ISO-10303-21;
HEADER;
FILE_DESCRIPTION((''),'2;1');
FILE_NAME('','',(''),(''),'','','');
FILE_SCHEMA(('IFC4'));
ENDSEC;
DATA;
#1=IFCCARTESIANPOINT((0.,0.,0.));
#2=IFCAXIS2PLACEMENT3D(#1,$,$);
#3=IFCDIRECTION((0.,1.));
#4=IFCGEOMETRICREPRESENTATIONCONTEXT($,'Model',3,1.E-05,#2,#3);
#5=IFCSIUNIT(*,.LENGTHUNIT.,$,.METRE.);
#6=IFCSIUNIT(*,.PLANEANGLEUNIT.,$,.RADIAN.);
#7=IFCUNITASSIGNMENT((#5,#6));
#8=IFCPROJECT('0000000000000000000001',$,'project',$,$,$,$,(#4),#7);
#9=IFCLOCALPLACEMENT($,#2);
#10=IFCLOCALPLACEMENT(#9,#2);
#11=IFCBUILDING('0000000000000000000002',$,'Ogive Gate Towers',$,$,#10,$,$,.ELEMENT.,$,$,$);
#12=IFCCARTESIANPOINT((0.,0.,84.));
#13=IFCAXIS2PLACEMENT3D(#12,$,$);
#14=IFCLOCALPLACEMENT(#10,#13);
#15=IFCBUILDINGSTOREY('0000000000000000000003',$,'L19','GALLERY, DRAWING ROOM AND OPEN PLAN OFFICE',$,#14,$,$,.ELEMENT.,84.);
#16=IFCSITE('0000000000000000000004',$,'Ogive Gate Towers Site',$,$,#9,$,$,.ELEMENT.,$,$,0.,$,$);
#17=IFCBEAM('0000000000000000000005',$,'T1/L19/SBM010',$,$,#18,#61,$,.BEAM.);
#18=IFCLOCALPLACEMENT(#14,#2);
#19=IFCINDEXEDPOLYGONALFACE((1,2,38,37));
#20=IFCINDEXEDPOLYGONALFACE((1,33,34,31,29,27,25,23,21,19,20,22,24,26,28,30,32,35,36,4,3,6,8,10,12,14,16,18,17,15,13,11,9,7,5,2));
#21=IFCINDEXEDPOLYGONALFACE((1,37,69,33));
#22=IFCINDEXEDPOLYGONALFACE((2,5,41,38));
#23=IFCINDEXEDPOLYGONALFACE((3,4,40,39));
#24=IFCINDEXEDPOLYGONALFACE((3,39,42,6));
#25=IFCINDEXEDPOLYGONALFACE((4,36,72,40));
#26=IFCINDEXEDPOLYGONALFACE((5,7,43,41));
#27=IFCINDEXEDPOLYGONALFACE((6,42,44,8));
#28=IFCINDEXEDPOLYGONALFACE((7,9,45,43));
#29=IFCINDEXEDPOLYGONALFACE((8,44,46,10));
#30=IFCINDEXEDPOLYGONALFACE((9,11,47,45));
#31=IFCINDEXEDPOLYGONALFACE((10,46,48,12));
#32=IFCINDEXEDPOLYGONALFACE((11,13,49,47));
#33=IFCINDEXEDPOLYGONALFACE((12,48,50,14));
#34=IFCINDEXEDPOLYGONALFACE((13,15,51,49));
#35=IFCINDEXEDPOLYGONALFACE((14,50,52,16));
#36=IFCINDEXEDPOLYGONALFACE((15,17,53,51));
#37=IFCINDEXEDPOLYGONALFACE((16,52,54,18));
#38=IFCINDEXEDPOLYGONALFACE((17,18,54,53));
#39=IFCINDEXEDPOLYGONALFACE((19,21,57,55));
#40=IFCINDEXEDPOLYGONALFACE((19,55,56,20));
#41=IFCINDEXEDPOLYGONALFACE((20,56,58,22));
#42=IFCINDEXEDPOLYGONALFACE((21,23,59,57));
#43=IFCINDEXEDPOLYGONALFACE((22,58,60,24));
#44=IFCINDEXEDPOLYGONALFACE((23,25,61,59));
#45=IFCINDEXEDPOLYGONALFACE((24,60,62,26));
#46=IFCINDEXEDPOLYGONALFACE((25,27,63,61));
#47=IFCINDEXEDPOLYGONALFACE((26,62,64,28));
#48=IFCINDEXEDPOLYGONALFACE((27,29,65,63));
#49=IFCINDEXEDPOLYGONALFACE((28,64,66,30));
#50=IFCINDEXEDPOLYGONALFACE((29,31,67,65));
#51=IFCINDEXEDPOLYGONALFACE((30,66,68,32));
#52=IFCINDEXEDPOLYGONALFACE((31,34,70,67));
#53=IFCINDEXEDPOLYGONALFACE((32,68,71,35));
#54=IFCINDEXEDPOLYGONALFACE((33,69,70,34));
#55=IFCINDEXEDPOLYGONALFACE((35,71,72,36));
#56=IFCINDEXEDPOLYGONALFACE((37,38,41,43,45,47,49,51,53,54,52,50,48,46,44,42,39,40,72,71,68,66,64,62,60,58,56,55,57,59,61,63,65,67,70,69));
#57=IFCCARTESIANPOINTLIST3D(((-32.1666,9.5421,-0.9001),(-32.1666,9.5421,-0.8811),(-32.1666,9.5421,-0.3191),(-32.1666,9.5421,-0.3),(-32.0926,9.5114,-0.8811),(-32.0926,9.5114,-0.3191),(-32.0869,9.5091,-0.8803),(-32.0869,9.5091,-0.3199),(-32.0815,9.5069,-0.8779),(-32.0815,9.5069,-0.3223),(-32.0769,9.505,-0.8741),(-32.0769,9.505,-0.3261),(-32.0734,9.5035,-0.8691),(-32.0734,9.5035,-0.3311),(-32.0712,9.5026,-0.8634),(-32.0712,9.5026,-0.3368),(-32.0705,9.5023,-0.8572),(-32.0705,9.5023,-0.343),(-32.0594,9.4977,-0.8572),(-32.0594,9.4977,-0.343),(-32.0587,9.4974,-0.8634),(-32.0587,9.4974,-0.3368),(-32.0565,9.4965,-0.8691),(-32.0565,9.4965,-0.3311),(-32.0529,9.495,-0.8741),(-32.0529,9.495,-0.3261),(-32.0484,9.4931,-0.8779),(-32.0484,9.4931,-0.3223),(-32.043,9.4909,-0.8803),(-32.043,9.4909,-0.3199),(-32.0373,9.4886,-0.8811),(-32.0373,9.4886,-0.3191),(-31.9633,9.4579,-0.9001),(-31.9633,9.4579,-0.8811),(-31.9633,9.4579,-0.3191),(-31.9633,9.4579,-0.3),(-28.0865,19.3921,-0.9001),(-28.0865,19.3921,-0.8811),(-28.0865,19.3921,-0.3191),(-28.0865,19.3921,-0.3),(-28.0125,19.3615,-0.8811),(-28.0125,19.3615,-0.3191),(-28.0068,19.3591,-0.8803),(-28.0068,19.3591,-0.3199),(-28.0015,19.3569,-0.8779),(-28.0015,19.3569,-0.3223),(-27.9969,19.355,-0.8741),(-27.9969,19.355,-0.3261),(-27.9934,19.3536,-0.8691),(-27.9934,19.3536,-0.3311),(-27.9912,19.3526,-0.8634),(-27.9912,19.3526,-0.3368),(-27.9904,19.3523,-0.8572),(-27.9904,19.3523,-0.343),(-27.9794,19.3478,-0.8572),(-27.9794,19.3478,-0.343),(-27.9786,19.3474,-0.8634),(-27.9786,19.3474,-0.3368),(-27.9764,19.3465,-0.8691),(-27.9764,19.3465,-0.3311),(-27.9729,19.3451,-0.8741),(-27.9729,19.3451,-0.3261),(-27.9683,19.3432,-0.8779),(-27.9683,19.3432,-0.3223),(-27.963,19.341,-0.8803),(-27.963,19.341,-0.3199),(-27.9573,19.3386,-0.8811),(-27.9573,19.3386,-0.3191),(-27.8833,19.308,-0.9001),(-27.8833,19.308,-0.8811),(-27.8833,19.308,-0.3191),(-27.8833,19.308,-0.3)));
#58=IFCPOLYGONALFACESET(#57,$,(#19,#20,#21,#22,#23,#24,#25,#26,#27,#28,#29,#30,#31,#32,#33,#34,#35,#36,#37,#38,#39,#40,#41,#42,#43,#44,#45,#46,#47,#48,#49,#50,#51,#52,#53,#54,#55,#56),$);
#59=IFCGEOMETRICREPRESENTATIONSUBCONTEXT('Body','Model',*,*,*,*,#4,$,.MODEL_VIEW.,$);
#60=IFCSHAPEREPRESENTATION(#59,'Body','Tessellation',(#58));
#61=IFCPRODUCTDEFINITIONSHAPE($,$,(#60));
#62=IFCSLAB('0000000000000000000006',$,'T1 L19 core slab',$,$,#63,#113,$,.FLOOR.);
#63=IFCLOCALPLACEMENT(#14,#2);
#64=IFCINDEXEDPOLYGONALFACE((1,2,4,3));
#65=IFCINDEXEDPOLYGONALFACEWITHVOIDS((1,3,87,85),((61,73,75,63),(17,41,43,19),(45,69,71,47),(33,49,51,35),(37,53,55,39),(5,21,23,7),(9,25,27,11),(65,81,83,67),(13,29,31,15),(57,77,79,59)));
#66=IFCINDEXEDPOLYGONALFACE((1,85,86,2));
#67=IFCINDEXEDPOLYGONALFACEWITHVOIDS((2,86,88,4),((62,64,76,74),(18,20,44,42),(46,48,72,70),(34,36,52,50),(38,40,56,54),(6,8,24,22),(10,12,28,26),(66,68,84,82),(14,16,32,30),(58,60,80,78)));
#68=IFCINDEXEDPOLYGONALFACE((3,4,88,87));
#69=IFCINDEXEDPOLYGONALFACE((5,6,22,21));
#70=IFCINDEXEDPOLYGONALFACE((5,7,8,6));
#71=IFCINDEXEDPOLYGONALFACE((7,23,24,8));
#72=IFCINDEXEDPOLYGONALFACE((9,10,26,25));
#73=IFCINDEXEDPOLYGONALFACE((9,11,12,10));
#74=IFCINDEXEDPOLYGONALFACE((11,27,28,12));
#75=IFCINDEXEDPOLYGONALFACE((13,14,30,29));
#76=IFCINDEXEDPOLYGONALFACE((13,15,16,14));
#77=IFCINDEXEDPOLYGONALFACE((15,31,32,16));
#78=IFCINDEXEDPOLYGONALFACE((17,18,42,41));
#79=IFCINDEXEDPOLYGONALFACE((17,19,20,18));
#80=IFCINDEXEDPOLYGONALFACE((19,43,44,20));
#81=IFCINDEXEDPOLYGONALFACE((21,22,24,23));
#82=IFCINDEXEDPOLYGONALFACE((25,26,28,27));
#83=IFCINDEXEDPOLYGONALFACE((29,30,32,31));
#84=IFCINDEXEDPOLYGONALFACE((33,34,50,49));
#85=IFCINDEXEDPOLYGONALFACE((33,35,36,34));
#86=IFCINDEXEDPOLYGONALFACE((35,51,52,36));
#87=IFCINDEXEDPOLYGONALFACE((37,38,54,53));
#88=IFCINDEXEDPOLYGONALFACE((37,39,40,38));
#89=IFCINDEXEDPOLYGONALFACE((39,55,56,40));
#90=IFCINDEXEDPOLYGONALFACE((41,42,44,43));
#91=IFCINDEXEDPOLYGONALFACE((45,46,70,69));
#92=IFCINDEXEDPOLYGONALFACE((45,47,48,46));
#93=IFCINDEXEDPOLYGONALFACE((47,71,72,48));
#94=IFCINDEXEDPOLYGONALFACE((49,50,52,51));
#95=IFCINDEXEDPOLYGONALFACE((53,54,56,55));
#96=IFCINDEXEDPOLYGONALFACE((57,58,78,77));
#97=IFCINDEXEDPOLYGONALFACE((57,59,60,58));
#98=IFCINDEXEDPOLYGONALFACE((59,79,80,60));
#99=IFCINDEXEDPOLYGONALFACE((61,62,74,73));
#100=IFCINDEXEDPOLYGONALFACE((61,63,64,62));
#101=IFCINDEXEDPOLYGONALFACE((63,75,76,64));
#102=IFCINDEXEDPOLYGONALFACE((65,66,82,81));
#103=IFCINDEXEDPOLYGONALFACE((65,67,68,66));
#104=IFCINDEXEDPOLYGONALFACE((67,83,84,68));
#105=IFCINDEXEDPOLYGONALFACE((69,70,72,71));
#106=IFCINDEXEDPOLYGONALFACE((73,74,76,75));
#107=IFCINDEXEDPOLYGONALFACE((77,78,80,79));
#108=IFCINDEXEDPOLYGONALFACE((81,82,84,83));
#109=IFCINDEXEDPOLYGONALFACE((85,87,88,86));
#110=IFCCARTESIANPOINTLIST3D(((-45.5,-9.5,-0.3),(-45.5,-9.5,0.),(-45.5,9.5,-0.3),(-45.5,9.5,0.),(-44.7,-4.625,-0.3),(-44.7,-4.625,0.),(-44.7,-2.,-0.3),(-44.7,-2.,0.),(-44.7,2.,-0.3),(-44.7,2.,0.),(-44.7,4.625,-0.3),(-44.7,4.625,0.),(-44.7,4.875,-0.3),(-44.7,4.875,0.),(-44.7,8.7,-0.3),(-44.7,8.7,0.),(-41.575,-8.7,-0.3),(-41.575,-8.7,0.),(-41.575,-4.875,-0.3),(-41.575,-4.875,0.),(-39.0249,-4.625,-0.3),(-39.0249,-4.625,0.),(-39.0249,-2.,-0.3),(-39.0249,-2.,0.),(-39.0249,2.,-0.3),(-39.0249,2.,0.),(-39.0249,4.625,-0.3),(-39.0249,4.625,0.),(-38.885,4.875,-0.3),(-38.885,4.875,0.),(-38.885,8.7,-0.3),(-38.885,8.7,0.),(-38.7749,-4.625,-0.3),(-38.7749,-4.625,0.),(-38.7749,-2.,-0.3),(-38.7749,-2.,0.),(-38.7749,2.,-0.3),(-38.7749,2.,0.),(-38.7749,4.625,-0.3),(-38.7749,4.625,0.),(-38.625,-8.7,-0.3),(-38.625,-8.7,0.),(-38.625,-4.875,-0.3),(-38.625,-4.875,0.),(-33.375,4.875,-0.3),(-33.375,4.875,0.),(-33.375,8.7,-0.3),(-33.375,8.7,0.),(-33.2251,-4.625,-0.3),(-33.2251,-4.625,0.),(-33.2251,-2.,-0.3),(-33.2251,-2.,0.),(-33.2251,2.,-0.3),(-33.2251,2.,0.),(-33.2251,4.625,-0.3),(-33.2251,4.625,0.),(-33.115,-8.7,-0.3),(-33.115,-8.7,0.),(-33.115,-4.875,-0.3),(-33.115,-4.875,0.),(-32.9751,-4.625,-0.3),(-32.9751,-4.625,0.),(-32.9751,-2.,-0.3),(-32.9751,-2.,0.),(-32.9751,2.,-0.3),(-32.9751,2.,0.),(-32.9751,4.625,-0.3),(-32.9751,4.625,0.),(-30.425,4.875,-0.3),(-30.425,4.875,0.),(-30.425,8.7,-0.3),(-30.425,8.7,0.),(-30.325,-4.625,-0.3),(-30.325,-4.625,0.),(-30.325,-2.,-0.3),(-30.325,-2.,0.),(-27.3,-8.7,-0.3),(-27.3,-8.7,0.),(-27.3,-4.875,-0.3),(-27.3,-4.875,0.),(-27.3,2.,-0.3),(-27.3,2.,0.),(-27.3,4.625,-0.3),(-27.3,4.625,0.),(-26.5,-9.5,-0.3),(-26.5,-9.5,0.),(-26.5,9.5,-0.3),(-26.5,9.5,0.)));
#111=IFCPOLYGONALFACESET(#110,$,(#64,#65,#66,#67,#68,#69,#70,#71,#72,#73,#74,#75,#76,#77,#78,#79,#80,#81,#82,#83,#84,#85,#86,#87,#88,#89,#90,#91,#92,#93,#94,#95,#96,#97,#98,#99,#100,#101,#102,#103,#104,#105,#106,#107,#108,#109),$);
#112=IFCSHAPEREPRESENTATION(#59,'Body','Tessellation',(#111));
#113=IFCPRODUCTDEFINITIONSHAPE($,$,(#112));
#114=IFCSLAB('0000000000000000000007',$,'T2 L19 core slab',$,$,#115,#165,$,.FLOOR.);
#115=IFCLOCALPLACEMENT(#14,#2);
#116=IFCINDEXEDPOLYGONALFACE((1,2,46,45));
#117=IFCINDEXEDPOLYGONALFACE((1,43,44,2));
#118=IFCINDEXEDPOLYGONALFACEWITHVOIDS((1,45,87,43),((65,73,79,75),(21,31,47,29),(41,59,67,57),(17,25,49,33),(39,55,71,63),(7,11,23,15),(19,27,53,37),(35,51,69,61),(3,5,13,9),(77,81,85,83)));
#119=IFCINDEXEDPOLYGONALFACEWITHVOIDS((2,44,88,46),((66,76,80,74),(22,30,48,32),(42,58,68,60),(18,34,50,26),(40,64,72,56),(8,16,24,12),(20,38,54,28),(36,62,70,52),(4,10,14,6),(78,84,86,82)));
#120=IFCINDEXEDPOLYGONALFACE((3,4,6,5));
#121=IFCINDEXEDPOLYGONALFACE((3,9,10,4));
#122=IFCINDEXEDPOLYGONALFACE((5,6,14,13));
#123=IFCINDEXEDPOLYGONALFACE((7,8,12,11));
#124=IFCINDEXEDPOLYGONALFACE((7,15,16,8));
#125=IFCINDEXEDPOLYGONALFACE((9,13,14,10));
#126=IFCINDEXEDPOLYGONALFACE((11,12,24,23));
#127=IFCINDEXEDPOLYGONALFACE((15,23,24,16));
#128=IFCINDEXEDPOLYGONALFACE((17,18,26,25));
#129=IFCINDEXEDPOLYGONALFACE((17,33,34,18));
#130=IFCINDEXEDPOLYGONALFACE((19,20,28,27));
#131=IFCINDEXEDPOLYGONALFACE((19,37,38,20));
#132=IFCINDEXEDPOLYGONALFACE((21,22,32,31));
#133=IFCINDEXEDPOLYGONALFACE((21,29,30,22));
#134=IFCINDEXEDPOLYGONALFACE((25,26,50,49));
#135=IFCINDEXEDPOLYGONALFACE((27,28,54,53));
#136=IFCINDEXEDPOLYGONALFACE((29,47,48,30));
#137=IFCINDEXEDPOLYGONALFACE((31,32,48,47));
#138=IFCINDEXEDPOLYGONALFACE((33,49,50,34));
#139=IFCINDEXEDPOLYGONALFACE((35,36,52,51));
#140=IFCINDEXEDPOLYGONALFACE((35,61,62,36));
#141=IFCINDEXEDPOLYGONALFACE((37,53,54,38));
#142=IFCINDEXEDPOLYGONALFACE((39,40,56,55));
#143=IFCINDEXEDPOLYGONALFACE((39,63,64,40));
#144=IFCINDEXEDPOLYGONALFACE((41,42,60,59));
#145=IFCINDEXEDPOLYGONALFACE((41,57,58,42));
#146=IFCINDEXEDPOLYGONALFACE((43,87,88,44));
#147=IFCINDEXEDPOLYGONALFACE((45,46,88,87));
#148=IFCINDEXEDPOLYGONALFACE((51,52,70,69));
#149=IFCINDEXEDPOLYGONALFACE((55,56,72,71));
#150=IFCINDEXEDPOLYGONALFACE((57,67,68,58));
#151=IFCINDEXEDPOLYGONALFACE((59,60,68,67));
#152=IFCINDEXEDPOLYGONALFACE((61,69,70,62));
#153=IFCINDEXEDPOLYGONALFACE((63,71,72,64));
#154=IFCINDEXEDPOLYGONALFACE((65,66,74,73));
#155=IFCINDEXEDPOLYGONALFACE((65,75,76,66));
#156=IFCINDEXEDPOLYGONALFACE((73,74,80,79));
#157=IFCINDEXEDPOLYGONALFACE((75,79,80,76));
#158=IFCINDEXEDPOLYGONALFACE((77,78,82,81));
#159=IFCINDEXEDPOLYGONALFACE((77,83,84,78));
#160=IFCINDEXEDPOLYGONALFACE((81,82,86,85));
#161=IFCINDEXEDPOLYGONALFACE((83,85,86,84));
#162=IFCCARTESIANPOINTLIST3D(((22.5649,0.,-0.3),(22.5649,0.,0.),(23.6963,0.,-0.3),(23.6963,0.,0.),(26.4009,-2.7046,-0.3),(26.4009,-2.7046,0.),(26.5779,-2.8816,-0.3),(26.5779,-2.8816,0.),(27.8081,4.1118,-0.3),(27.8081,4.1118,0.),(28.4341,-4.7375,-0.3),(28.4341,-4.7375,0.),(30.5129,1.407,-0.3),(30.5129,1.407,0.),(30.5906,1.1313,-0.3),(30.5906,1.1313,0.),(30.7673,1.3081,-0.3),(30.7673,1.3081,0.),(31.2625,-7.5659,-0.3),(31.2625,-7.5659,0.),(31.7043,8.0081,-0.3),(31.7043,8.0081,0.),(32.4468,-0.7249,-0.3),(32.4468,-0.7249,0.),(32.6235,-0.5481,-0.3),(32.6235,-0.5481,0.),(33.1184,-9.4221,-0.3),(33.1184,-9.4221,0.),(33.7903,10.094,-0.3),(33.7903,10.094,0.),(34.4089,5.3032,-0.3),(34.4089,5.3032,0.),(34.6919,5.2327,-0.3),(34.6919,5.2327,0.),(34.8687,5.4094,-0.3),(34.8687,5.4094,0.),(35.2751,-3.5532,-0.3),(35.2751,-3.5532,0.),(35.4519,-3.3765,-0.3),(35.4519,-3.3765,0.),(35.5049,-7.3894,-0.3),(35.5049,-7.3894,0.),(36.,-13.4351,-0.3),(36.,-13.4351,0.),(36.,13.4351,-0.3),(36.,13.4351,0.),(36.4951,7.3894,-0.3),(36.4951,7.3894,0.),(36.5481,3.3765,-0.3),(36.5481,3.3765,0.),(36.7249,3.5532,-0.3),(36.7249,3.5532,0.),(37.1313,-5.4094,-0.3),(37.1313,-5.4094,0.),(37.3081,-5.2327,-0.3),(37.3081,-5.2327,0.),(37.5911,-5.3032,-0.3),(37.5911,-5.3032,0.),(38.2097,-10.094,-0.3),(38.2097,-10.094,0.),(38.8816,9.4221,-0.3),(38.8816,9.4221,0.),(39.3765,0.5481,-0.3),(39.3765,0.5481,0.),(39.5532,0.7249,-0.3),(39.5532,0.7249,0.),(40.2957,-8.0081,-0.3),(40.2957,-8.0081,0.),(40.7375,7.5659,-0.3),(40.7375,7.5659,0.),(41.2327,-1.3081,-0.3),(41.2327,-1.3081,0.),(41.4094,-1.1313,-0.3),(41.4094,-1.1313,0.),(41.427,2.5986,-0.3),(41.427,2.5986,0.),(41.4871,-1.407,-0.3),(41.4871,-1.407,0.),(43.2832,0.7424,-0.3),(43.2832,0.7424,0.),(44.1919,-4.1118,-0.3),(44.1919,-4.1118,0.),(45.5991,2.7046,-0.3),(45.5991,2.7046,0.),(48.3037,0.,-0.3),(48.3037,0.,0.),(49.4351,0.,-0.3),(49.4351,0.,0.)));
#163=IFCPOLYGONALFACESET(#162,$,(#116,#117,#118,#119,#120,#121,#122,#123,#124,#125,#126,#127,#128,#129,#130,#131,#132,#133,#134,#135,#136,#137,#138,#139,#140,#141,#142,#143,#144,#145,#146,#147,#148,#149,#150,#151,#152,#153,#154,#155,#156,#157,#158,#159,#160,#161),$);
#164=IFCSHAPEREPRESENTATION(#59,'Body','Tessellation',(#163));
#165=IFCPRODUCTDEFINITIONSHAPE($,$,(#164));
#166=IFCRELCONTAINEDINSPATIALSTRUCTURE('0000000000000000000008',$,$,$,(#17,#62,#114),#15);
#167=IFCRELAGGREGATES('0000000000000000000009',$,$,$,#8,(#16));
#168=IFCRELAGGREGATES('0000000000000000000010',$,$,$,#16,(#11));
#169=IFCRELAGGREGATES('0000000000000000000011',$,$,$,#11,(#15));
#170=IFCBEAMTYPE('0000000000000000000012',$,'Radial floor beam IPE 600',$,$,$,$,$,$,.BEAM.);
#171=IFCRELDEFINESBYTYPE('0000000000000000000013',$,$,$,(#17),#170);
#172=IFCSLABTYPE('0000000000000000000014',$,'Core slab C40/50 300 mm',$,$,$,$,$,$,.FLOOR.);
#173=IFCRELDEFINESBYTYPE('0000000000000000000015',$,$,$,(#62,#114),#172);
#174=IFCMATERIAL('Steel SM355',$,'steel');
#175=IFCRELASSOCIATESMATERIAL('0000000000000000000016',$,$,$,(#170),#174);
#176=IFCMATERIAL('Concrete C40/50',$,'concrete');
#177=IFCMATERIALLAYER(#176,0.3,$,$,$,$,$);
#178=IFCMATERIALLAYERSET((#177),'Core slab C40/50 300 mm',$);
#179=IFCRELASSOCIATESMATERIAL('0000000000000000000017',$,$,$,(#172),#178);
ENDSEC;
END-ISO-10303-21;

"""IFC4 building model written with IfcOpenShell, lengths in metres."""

from ifc_helpers import new_model, si_unit, direction, frame, origin, origin_2d, place, context, subcontext, project, spatial, polyline, i_section, outline, extrude, material, layer, layer_set, material_profile, profile_set, type_object, element, save


model = new_model("IFC4")

# Units and contexts
model_context = context("Model", 3, precision=1e-05, world=origin(), true_north=direction((0.0, 1.0)))
body_context = subcontext(model_context, "Body", "Model", "MODEL_VIEW")
ifc_project = project(units=[si_unit("LENGTHUNIT", "METRE"), si_unit("PLANEANGLEUNIT", "RADIAN")], contexts=[model_context])

# Site, building, storey
site_placement = place(None, origin())
site = spatial("IfcSite", under=ifc_project, at=site_placement, Name="Ogive Gate Towers Site", CompositionType="ELEMENT", RefElevation=0.0)
building_placement = place(site_placement, origin())
building = spatial("IfcBuilding", under=site, at=building_placement, Name="Ogive Gate Towers", CompositionType="ELEMENT")
storey_placement = place(building_placement, frame((0.0, 0.0, 84.0)))
storey = spatial("IfcBuildingStorey", under=building, at=storey_placement, Name="L19", Description="GALLERY, DRAWING ROOM AND OPEN PLAN OFFICE", CompositionType="ELEMENT", Elevation=84.0)

# Beam
ifc_material_1 = material(Name="Steel SM355", Category="steel")
ifc_material_profile_1 = material_profile(ifc_material_1, i_section(OverallWidth=0.22, OverallDepth=0.6001, WebThickness=0.012, FlangeThickness=0.019, FilletRadius=0.0239, at=origin_2d()), Name="IPE 600")
ifc_profile_set_1 = profile_set([ifc_material_profile_1], Name="Steel SM355")
beam_type_1 = type_object("IfcBeamType", Name="Radial floor beam IPE 600", PredefinedType="BEAM", material=ifc_profile_set_1)
for number, where, z_axis, x_axis, name in (
    (1, (-32.0649, 9.5, -0.6001), (0.382686, 0.923878, 0.0), (-0.923878, 0.382686, 0.0), "T1/L19/SBM010"),
):
    element("IfcBeam", number, at=place(storey_placement, frame(where, z_axis=z_axis, x_axis=x_axis)), inside=storey, type_object=beam_type_1, Name=name, PredefinedType="BEAM", context=body_context, shape_type="SweptSolid", body=[
        extrude(i_section(OverallWidth=0.22, OverallDepth=0.6001, WebThickness=0.012, FlangeThickness=0.019, FilletRadius=0.0239, at=origin_2d()), origin(), (0.0, 0.0, 1.0), 10.6616),
    ])

# Slabs
ifc_material_2 = material(Name="Concrete C40/50", Category="concrete")
ifc_layer_1 = layer(ifc_material_2, 0.3)
ifc_layer_set_1 = layer_set([ifc_layer_1], Name="Core slab C40/50 300 mm")
slab_type_1 = type_object("IfcSlabType", Name="Core slab C40/50 300 mm", PredefinedType="FLOOR", material=ifc_layer_set_1)
slab_1_placement = place(storey_placement, frame((0.0, 0.0, -0.3)))
element("IfcSlab", 2, at=slab_1_placement, inside=storey, type_object=slab_type_1, Name="T1 L19 core slab", PredefinedType="FLOOR", context=body_context, shape_type="SweptSolid", body=[
    extrude(outline(polyline([(-26.5, 9.5), (-26.5, -9.5), (-45.5, -9.5), (-45.5, 9.5), (-26.5, 9.5)]), holes=[polyline([(-39.0249, 4.625), (-44.7, 4.625), (-44.7, 2.0), (-39.0249, 2.0), (-39.0249, 4.625)]), polyline([(-33.2251, 2.0), (-33.2251, 4.625), (-38.7749, 4.625), (-38.7749, 2.0), (-33.2251, 2.0)]), polyline([(-32.9751, 2.0), (-27.3, 2.0), (-27.3, 4.625), (-32.9751, 4.625), (-32.9751, 2.0)]), polyline([(-44.7, -2.0), (-44.7, -4.625), (-39.0249, -4.625), (-39.0249, -2.0), (-44.7, -2.0)]), polyline([(-33.2251, -2.0), (-38.7749, -2.0), (-38.7749, -4.625), (-33.2251, -4.625), (-33.2251, -2.0)]), polyline([(-30.325, -4.625), (-30.325, -2.0), (-32.9751, -2.0), (-32.9751, -4.625), (-30.325, -4.625)]), polyline([(-33.375, 4.875), (-30.425, 4.875), (-30.425, 8.7), (-33.375, 8.7), (-33.375, 4.875)]), polyline([(-41.575, -4.875), (-41.575, -8.7), (-38.625, -8.7), (-38.625, -4.875), (-41.575, -4.875)]), polyline([(-44.7, 4.875), (-38.885, 4.875), (-38.885, 8.7), (-44.7, 8.7), (-44.7, 4.875)]), polyline([(-27.3, -8.7), (-27.3, -4.875), (-33.115, -4.875), (-33.115, -8.7), (-27.3, -8.7)])]), origin(), (0.0, 0.0, 1.0), 0.3),
])
slab_2_placement = place(storey_placement, frame((0.0, 0.0, -0.3)))
element("IfcSlab", 3, at=slab_2_placement, inside=storey, type_object=slab_type_1, Name="T2 L19 core slab", PredefinedType="FLOOR", context=body_context, shape_type="SweptSolid", body=[
    extrude(outline(polyline([(36.0, 13.4351), (49.4351, 0.0), (36.0, -13.4351), (22.5649, 0.0), (36.0, 13.4351)]), holes=[polyline([(30.5906, 1.1313), (26.5779, -2.8816), (28.4341, -4.7375), (32.4468, -0.7249), (30.5906, 1.1313)]), polyline([(36.5481, 3.3765), (34.6919, 5.2327), (30.7673, 1.3081), (32.6235, -0.5481), (36.5481, 3.3765)]), polyline([(36.7249, 3.5532), (40.7375, 7.5659), (38.8816, 9.4221), (34.8687, 5.4094), (36.7249, 3.5532)]), polyline([(31.2625, -7.5659), (33.1184, -9.4221), (37.1313, -5.4094), (35.2751, -3.5532), (31.2625, -7.5659)]), polyline([(39.3765, 0.5481), (35.4519, -3.3765), (37.3081, -5.2327), (41.2327, -1.3081), (39.3765, 0.5481)]), polyline([(43.2832, 0.7424), (41.427, 2.5986), (39.5532, 0.7249), (41.4094, -1.1313), (43.2832, 0.7424)]), polyline([(34.4089, 5.3032), (36.4951, 7.3894), (33.7903, 10.094), (31.7043, 8.0081), (34.4089, 5.3032)]), polyline([(35.5049, -7.3894), (38.2097, -10.094), (40.2957, -8.0081), (37.5911, -5.3032), (35.5049, -7.3894)]), polyline([(26.4009, -2.7046), (30.5129, 1.407), (27.8081, 4.1118), (23.6963, 0.0), (26.4009, -2.7046)]), polyline([(48.3037, 0.0), (45.5991, 2.7046), (41.4871, -1.407), (44.1919, -4.1118), (48.3037, 0.0)])]), origin(), (0.0, 0.0, 1.0), 0.3),
])

save(model, "model.ifc")
